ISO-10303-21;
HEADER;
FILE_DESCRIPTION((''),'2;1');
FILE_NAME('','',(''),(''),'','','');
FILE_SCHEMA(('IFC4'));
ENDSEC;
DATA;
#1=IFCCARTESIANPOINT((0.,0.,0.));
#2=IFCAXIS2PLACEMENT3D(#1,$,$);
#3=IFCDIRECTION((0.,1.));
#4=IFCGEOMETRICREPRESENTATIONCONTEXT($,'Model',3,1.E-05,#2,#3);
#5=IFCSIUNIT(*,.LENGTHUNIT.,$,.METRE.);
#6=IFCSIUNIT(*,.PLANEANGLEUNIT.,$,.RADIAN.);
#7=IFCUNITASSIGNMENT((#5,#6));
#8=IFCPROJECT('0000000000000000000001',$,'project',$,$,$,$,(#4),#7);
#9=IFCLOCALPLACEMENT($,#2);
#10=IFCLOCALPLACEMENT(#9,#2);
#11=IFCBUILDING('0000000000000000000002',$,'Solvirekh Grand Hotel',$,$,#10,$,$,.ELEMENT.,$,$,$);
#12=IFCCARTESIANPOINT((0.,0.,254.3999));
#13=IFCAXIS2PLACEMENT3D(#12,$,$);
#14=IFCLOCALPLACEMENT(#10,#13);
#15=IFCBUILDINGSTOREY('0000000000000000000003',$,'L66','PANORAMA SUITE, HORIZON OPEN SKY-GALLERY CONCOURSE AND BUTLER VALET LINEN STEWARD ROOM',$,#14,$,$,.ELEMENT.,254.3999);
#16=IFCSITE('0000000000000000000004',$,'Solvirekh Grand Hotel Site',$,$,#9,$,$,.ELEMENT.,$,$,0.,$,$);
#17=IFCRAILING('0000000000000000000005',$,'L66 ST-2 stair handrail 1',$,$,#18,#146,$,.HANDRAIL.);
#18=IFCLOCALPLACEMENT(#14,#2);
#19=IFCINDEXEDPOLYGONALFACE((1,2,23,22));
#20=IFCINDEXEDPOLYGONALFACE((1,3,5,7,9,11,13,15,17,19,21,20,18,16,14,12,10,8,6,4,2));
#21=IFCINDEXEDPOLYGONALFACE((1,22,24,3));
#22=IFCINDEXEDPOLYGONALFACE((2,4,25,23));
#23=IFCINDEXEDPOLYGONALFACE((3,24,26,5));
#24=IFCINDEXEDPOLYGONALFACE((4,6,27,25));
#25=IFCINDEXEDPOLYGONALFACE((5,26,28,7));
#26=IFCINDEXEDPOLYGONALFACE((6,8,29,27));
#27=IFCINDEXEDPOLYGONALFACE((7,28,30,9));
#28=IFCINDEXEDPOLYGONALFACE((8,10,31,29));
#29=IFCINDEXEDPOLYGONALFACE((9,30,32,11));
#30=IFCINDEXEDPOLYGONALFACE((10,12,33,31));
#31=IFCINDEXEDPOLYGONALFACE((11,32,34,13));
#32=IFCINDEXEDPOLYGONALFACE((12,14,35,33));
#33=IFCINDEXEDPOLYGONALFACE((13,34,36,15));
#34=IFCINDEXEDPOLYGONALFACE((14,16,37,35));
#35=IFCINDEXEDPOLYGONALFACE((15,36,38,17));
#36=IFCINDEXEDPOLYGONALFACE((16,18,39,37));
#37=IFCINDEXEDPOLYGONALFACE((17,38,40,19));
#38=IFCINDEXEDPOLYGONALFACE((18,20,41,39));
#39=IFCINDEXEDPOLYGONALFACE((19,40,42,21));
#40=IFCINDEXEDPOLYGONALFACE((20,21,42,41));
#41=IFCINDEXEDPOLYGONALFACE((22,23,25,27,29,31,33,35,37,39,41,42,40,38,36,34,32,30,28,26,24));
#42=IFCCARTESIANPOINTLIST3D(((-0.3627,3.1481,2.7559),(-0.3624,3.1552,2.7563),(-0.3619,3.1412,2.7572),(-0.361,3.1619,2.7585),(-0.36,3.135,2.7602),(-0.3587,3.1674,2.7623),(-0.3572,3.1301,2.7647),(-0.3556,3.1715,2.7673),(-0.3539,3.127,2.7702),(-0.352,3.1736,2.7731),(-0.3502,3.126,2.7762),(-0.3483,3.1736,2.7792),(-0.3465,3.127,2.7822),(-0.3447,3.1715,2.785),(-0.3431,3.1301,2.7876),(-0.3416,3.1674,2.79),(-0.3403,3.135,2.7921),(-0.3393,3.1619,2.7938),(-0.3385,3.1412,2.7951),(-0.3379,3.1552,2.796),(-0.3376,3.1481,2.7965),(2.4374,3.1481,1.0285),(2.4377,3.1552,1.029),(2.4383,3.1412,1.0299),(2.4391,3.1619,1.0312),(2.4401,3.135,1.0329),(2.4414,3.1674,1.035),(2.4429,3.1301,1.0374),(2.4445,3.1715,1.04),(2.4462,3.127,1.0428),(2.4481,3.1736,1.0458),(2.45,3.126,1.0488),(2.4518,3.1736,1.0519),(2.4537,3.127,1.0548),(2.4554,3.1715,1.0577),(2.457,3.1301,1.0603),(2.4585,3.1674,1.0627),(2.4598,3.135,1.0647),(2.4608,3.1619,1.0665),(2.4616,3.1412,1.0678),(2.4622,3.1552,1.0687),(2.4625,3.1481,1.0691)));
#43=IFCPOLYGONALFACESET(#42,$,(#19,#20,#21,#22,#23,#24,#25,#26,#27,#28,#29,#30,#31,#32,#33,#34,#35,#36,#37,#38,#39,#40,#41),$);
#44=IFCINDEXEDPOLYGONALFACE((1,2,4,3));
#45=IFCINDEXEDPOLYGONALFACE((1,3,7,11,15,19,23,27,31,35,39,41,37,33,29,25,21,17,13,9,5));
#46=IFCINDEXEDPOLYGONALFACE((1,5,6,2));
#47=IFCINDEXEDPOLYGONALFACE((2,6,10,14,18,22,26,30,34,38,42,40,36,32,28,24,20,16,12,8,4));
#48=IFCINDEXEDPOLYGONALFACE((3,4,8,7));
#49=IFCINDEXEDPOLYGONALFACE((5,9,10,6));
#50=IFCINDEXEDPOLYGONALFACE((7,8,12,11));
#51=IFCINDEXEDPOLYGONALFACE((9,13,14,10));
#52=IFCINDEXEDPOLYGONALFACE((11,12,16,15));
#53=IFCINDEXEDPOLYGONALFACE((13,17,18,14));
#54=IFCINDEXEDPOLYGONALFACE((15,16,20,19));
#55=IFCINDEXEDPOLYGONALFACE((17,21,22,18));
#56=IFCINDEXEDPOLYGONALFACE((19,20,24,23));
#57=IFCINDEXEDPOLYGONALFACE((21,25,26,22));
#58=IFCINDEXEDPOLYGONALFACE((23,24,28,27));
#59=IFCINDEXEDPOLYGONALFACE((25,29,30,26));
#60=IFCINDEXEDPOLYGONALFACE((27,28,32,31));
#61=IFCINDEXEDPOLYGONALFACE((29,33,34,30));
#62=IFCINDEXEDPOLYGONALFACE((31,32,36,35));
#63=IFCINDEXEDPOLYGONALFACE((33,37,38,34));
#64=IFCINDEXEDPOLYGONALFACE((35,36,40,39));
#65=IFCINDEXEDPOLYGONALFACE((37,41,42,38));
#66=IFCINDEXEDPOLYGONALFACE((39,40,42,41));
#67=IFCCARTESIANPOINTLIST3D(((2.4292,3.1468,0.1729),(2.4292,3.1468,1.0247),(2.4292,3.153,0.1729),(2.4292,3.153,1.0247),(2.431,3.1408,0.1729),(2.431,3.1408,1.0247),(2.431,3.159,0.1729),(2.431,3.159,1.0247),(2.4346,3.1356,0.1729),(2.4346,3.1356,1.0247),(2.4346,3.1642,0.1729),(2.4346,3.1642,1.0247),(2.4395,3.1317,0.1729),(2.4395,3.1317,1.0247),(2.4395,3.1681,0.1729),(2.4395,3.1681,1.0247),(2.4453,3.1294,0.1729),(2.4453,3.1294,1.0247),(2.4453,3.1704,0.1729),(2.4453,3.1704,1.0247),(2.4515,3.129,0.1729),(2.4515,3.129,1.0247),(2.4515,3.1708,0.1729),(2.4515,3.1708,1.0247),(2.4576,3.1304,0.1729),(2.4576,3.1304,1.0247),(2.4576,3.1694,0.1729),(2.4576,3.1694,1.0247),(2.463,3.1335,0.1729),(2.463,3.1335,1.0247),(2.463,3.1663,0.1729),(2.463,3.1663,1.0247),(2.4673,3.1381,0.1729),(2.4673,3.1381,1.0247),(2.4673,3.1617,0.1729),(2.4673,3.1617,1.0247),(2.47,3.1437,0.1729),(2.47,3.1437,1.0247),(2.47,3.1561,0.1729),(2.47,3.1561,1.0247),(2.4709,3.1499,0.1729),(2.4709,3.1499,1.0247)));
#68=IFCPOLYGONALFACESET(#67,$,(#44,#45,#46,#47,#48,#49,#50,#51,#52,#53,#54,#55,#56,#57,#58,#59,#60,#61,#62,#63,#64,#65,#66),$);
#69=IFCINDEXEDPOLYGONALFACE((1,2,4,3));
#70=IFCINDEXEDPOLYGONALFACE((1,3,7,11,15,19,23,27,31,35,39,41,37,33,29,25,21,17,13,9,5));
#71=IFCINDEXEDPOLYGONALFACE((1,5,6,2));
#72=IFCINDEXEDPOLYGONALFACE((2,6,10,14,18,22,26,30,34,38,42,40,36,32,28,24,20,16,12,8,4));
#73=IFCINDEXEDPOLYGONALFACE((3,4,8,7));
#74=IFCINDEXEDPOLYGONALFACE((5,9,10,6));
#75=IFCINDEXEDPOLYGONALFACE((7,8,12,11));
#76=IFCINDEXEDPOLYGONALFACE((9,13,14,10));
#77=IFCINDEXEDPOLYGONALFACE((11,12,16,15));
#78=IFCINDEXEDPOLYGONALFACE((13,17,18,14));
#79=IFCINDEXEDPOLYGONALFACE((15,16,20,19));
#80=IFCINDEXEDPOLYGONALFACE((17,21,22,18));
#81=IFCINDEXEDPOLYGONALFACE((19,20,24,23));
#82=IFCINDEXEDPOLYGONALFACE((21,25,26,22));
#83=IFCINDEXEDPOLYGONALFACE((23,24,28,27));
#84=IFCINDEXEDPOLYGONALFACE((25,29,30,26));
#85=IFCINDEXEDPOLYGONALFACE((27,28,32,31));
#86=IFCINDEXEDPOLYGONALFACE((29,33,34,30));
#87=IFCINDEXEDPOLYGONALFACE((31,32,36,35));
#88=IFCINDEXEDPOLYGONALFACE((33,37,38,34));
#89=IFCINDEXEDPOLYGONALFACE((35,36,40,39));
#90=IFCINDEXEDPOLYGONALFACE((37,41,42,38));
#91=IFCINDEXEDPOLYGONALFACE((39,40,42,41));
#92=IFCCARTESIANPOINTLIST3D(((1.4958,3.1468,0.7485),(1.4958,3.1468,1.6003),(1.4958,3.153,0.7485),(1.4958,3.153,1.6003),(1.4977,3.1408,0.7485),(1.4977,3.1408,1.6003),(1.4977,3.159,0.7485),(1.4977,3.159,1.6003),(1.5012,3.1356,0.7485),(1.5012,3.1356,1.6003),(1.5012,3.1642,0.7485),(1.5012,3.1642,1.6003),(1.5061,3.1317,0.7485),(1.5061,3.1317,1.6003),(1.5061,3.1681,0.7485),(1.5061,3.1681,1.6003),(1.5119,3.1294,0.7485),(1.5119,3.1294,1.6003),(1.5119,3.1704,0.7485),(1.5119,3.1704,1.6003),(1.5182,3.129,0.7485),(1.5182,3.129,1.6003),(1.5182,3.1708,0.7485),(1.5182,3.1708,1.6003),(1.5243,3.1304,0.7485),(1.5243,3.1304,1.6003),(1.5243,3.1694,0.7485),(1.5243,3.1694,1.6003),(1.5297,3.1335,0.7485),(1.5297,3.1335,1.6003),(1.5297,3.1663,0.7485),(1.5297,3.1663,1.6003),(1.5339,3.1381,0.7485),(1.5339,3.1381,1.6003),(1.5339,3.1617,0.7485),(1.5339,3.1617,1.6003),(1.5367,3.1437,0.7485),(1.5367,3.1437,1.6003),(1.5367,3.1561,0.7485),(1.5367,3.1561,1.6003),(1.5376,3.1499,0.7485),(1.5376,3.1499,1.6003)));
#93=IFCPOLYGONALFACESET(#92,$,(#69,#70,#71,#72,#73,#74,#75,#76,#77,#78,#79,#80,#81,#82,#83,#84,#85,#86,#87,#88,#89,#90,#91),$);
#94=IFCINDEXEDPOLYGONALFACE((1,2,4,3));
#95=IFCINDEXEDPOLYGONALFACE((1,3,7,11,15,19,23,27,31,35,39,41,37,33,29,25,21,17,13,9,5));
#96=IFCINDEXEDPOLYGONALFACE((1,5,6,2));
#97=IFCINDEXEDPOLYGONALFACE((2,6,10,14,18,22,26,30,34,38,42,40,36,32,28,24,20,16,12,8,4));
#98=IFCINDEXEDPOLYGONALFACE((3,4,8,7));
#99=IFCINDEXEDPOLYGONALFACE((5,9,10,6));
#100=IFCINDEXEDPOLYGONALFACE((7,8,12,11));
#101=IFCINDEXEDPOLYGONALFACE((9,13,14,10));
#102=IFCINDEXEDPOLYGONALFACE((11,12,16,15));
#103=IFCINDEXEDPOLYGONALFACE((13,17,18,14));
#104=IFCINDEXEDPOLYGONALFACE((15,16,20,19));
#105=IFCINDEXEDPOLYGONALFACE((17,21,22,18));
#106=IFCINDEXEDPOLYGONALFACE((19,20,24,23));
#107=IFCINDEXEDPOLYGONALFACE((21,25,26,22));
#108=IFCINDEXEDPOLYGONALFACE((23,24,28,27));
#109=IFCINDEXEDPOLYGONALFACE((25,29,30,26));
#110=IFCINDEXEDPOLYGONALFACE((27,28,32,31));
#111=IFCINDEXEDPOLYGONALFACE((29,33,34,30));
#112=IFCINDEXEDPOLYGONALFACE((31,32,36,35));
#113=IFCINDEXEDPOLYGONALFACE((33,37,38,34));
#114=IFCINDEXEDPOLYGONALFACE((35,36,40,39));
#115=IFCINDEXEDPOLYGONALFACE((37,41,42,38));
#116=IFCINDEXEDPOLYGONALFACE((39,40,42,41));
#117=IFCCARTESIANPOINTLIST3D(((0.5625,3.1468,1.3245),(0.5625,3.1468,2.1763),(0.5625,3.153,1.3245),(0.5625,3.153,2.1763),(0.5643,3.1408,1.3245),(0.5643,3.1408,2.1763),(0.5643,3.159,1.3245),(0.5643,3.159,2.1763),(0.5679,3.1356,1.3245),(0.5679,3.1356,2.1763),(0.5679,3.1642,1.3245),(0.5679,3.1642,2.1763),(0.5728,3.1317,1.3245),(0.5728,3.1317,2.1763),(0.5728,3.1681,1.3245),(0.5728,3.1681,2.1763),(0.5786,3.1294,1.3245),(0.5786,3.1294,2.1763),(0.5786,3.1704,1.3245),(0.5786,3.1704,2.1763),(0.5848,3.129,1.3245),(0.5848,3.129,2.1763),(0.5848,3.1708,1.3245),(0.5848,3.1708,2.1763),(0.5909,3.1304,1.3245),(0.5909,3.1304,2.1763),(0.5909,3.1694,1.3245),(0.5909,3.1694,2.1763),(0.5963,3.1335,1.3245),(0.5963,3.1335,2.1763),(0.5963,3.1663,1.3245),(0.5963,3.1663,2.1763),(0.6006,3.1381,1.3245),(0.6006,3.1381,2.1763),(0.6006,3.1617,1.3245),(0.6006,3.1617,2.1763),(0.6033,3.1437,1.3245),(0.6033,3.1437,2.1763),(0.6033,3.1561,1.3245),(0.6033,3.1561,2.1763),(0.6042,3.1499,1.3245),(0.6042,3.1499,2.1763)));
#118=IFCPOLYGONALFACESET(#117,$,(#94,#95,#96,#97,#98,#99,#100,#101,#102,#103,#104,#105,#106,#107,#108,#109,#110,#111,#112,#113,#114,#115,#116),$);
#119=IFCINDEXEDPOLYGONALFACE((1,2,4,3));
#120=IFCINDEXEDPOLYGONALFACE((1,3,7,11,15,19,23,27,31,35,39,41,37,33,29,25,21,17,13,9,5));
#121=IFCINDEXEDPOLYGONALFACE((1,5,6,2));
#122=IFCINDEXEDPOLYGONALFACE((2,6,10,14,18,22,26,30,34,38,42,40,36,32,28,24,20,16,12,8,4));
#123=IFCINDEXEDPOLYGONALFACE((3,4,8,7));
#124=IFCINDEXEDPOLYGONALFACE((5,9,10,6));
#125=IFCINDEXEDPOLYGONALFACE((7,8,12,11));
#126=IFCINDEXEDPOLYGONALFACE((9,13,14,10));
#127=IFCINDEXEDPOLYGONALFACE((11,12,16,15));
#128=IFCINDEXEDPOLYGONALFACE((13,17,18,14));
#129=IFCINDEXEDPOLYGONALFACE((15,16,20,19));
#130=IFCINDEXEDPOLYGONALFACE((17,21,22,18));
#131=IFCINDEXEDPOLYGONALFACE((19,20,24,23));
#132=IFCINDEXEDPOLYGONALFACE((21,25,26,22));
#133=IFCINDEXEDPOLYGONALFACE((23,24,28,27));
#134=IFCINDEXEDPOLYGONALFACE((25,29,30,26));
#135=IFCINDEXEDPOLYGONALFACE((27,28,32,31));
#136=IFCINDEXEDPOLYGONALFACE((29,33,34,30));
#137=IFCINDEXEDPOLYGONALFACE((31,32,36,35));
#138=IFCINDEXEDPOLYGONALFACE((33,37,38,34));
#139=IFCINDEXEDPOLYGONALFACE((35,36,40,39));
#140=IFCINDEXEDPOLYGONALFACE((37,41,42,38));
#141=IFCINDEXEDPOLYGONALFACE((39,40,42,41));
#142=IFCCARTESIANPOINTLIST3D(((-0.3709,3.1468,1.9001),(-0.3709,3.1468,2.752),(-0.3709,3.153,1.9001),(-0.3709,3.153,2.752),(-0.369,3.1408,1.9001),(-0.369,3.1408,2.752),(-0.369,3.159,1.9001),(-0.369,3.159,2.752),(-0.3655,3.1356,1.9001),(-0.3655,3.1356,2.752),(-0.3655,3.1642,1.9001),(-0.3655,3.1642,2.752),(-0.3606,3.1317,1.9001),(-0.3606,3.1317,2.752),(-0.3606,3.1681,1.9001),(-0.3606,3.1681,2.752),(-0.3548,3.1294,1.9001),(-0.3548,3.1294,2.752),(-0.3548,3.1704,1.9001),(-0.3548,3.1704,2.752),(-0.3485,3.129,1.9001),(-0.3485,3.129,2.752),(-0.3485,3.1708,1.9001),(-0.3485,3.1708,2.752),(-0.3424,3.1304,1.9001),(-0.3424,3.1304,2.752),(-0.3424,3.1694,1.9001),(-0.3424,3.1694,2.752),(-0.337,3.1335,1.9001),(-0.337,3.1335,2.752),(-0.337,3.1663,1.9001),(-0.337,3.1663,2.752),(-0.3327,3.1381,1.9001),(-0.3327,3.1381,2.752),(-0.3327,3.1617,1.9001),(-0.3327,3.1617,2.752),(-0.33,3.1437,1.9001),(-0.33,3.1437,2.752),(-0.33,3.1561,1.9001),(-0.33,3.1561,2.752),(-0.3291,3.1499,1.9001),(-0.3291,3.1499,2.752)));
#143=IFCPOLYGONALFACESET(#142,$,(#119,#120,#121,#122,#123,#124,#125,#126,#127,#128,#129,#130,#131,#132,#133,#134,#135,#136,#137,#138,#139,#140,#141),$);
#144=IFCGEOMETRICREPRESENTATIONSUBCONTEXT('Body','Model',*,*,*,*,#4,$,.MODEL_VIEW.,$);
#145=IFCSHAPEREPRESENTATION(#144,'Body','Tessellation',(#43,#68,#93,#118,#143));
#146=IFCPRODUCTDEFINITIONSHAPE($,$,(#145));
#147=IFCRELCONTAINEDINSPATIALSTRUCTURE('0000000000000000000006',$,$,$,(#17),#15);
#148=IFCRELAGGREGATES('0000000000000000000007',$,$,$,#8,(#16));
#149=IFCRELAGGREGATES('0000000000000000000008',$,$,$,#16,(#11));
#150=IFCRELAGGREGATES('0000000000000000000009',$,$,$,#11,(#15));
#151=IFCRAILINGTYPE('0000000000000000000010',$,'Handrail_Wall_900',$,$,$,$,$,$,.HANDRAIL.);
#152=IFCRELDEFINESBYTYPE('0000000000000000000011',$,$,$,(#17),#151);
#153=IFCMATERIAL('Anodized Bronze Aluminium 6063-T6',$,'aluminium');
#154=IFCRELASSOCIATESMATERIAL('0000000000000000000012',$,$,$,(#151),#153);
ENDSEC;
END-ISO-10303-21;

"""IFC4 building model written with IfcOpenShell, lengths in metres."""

from ifc_helpers import new_model, si_unit, direction, frame, origin, origin_2d, place, context, subcontext, project, spatial, circle, extrude, material, type_object, element, save


model = new_model("IFC4")

# Units and contexts
model_context = context("Model", 3, precision=1e-05, world=origin(), true_north=direction((0.0, 1.0)))
body_context = subcontext(model_context, "Body", "Model", "MODEL_VIEW")
ifc_project = project(units=[si_unit("LENGTHUNIT", "METRE"), si_unit("PLANEANGLEUNIT", "RADIAN")], contexts=[model_context])

# Site, building, storey
site_placement = place(None, origin())
site = spatial("IfcSite", under=ifc_project, at=site_placement, Name="Solvirekh Grand Hotel Site", CompositionType="ELEMENT", RefElevation=0.0)
building_placement = place(site_placement, origin())
building = spatial("IfcBuilding", under=site, at=building_placement, Name="Solvirekh Grand Hotel", CompositionType="ELEMENT")
storey_placement = place(building_placement, frame((0.0, 0.0, 254.3999)))
storey = spatial("IfcBuildingStorey", under=building, at=storey_placement, Name="L66", Description="PANORAMA SUITE, HORIZON OPEN SKY-GALLERY CONCOURSE AND BUTLER VALET LINEN STEWARD ROOM", CompositionType="ELEMENT", Elevation=254.3999)

# Railing
ifc_material_1 = material(Name="Anodized Bronze Aluminium 6063-T6", Category="aluminium")
railing_type_1 = type_object("IfcRailingType", Name="Handrail_Wall_900", PredefinedType="HANDRAIL", material=ifc_material_1)
railing_1_placement = place(storey_placement, frame((2.45, 3.1499, 0.1729)))
element("IfcRailing", 1, at=railing_1_placement, inside=storey, type_object=railing_type_1, Name="L66 ST-2 stair handrail 1", PredefinedType="HANDRAIL", context=body_context, shape_type="SweptSolid", body=[
    extrude(circle(Radius=0.0239, at=origin_2d()), frame((0.0, 0.0, 0.876), z_axis=(-0.85109, 0.0, 0.52502), x_axis=(0.0, -1.0, 0.0)), (0.0, 0.0, 1.0), 3.29),
    extrude(circle(Radius=0.021, at=origin_2d()), origin(), (0.0, 0.0, 1.0), 0.8518),
    extrude(circle(Radius=0.021, at=origin_2d()), frame((-0.9333, 0.0, 0.5757)), (0.0, 0.0, 1.0), 0.8518),
    extrude(circle(Radius=0.021, at=origin_2d()), frame((-1.8667, 0.0, 1.1516)), (0.0, 0.0, 1.0), 0.8518),
    extrude(circle(Radius=0.021, at=origin_2d()), frame((-2.8, 0.0, 1.7273)), (0.0, 0.0, 1.0), 0.8518),
])

save(model, "model.ifc")
